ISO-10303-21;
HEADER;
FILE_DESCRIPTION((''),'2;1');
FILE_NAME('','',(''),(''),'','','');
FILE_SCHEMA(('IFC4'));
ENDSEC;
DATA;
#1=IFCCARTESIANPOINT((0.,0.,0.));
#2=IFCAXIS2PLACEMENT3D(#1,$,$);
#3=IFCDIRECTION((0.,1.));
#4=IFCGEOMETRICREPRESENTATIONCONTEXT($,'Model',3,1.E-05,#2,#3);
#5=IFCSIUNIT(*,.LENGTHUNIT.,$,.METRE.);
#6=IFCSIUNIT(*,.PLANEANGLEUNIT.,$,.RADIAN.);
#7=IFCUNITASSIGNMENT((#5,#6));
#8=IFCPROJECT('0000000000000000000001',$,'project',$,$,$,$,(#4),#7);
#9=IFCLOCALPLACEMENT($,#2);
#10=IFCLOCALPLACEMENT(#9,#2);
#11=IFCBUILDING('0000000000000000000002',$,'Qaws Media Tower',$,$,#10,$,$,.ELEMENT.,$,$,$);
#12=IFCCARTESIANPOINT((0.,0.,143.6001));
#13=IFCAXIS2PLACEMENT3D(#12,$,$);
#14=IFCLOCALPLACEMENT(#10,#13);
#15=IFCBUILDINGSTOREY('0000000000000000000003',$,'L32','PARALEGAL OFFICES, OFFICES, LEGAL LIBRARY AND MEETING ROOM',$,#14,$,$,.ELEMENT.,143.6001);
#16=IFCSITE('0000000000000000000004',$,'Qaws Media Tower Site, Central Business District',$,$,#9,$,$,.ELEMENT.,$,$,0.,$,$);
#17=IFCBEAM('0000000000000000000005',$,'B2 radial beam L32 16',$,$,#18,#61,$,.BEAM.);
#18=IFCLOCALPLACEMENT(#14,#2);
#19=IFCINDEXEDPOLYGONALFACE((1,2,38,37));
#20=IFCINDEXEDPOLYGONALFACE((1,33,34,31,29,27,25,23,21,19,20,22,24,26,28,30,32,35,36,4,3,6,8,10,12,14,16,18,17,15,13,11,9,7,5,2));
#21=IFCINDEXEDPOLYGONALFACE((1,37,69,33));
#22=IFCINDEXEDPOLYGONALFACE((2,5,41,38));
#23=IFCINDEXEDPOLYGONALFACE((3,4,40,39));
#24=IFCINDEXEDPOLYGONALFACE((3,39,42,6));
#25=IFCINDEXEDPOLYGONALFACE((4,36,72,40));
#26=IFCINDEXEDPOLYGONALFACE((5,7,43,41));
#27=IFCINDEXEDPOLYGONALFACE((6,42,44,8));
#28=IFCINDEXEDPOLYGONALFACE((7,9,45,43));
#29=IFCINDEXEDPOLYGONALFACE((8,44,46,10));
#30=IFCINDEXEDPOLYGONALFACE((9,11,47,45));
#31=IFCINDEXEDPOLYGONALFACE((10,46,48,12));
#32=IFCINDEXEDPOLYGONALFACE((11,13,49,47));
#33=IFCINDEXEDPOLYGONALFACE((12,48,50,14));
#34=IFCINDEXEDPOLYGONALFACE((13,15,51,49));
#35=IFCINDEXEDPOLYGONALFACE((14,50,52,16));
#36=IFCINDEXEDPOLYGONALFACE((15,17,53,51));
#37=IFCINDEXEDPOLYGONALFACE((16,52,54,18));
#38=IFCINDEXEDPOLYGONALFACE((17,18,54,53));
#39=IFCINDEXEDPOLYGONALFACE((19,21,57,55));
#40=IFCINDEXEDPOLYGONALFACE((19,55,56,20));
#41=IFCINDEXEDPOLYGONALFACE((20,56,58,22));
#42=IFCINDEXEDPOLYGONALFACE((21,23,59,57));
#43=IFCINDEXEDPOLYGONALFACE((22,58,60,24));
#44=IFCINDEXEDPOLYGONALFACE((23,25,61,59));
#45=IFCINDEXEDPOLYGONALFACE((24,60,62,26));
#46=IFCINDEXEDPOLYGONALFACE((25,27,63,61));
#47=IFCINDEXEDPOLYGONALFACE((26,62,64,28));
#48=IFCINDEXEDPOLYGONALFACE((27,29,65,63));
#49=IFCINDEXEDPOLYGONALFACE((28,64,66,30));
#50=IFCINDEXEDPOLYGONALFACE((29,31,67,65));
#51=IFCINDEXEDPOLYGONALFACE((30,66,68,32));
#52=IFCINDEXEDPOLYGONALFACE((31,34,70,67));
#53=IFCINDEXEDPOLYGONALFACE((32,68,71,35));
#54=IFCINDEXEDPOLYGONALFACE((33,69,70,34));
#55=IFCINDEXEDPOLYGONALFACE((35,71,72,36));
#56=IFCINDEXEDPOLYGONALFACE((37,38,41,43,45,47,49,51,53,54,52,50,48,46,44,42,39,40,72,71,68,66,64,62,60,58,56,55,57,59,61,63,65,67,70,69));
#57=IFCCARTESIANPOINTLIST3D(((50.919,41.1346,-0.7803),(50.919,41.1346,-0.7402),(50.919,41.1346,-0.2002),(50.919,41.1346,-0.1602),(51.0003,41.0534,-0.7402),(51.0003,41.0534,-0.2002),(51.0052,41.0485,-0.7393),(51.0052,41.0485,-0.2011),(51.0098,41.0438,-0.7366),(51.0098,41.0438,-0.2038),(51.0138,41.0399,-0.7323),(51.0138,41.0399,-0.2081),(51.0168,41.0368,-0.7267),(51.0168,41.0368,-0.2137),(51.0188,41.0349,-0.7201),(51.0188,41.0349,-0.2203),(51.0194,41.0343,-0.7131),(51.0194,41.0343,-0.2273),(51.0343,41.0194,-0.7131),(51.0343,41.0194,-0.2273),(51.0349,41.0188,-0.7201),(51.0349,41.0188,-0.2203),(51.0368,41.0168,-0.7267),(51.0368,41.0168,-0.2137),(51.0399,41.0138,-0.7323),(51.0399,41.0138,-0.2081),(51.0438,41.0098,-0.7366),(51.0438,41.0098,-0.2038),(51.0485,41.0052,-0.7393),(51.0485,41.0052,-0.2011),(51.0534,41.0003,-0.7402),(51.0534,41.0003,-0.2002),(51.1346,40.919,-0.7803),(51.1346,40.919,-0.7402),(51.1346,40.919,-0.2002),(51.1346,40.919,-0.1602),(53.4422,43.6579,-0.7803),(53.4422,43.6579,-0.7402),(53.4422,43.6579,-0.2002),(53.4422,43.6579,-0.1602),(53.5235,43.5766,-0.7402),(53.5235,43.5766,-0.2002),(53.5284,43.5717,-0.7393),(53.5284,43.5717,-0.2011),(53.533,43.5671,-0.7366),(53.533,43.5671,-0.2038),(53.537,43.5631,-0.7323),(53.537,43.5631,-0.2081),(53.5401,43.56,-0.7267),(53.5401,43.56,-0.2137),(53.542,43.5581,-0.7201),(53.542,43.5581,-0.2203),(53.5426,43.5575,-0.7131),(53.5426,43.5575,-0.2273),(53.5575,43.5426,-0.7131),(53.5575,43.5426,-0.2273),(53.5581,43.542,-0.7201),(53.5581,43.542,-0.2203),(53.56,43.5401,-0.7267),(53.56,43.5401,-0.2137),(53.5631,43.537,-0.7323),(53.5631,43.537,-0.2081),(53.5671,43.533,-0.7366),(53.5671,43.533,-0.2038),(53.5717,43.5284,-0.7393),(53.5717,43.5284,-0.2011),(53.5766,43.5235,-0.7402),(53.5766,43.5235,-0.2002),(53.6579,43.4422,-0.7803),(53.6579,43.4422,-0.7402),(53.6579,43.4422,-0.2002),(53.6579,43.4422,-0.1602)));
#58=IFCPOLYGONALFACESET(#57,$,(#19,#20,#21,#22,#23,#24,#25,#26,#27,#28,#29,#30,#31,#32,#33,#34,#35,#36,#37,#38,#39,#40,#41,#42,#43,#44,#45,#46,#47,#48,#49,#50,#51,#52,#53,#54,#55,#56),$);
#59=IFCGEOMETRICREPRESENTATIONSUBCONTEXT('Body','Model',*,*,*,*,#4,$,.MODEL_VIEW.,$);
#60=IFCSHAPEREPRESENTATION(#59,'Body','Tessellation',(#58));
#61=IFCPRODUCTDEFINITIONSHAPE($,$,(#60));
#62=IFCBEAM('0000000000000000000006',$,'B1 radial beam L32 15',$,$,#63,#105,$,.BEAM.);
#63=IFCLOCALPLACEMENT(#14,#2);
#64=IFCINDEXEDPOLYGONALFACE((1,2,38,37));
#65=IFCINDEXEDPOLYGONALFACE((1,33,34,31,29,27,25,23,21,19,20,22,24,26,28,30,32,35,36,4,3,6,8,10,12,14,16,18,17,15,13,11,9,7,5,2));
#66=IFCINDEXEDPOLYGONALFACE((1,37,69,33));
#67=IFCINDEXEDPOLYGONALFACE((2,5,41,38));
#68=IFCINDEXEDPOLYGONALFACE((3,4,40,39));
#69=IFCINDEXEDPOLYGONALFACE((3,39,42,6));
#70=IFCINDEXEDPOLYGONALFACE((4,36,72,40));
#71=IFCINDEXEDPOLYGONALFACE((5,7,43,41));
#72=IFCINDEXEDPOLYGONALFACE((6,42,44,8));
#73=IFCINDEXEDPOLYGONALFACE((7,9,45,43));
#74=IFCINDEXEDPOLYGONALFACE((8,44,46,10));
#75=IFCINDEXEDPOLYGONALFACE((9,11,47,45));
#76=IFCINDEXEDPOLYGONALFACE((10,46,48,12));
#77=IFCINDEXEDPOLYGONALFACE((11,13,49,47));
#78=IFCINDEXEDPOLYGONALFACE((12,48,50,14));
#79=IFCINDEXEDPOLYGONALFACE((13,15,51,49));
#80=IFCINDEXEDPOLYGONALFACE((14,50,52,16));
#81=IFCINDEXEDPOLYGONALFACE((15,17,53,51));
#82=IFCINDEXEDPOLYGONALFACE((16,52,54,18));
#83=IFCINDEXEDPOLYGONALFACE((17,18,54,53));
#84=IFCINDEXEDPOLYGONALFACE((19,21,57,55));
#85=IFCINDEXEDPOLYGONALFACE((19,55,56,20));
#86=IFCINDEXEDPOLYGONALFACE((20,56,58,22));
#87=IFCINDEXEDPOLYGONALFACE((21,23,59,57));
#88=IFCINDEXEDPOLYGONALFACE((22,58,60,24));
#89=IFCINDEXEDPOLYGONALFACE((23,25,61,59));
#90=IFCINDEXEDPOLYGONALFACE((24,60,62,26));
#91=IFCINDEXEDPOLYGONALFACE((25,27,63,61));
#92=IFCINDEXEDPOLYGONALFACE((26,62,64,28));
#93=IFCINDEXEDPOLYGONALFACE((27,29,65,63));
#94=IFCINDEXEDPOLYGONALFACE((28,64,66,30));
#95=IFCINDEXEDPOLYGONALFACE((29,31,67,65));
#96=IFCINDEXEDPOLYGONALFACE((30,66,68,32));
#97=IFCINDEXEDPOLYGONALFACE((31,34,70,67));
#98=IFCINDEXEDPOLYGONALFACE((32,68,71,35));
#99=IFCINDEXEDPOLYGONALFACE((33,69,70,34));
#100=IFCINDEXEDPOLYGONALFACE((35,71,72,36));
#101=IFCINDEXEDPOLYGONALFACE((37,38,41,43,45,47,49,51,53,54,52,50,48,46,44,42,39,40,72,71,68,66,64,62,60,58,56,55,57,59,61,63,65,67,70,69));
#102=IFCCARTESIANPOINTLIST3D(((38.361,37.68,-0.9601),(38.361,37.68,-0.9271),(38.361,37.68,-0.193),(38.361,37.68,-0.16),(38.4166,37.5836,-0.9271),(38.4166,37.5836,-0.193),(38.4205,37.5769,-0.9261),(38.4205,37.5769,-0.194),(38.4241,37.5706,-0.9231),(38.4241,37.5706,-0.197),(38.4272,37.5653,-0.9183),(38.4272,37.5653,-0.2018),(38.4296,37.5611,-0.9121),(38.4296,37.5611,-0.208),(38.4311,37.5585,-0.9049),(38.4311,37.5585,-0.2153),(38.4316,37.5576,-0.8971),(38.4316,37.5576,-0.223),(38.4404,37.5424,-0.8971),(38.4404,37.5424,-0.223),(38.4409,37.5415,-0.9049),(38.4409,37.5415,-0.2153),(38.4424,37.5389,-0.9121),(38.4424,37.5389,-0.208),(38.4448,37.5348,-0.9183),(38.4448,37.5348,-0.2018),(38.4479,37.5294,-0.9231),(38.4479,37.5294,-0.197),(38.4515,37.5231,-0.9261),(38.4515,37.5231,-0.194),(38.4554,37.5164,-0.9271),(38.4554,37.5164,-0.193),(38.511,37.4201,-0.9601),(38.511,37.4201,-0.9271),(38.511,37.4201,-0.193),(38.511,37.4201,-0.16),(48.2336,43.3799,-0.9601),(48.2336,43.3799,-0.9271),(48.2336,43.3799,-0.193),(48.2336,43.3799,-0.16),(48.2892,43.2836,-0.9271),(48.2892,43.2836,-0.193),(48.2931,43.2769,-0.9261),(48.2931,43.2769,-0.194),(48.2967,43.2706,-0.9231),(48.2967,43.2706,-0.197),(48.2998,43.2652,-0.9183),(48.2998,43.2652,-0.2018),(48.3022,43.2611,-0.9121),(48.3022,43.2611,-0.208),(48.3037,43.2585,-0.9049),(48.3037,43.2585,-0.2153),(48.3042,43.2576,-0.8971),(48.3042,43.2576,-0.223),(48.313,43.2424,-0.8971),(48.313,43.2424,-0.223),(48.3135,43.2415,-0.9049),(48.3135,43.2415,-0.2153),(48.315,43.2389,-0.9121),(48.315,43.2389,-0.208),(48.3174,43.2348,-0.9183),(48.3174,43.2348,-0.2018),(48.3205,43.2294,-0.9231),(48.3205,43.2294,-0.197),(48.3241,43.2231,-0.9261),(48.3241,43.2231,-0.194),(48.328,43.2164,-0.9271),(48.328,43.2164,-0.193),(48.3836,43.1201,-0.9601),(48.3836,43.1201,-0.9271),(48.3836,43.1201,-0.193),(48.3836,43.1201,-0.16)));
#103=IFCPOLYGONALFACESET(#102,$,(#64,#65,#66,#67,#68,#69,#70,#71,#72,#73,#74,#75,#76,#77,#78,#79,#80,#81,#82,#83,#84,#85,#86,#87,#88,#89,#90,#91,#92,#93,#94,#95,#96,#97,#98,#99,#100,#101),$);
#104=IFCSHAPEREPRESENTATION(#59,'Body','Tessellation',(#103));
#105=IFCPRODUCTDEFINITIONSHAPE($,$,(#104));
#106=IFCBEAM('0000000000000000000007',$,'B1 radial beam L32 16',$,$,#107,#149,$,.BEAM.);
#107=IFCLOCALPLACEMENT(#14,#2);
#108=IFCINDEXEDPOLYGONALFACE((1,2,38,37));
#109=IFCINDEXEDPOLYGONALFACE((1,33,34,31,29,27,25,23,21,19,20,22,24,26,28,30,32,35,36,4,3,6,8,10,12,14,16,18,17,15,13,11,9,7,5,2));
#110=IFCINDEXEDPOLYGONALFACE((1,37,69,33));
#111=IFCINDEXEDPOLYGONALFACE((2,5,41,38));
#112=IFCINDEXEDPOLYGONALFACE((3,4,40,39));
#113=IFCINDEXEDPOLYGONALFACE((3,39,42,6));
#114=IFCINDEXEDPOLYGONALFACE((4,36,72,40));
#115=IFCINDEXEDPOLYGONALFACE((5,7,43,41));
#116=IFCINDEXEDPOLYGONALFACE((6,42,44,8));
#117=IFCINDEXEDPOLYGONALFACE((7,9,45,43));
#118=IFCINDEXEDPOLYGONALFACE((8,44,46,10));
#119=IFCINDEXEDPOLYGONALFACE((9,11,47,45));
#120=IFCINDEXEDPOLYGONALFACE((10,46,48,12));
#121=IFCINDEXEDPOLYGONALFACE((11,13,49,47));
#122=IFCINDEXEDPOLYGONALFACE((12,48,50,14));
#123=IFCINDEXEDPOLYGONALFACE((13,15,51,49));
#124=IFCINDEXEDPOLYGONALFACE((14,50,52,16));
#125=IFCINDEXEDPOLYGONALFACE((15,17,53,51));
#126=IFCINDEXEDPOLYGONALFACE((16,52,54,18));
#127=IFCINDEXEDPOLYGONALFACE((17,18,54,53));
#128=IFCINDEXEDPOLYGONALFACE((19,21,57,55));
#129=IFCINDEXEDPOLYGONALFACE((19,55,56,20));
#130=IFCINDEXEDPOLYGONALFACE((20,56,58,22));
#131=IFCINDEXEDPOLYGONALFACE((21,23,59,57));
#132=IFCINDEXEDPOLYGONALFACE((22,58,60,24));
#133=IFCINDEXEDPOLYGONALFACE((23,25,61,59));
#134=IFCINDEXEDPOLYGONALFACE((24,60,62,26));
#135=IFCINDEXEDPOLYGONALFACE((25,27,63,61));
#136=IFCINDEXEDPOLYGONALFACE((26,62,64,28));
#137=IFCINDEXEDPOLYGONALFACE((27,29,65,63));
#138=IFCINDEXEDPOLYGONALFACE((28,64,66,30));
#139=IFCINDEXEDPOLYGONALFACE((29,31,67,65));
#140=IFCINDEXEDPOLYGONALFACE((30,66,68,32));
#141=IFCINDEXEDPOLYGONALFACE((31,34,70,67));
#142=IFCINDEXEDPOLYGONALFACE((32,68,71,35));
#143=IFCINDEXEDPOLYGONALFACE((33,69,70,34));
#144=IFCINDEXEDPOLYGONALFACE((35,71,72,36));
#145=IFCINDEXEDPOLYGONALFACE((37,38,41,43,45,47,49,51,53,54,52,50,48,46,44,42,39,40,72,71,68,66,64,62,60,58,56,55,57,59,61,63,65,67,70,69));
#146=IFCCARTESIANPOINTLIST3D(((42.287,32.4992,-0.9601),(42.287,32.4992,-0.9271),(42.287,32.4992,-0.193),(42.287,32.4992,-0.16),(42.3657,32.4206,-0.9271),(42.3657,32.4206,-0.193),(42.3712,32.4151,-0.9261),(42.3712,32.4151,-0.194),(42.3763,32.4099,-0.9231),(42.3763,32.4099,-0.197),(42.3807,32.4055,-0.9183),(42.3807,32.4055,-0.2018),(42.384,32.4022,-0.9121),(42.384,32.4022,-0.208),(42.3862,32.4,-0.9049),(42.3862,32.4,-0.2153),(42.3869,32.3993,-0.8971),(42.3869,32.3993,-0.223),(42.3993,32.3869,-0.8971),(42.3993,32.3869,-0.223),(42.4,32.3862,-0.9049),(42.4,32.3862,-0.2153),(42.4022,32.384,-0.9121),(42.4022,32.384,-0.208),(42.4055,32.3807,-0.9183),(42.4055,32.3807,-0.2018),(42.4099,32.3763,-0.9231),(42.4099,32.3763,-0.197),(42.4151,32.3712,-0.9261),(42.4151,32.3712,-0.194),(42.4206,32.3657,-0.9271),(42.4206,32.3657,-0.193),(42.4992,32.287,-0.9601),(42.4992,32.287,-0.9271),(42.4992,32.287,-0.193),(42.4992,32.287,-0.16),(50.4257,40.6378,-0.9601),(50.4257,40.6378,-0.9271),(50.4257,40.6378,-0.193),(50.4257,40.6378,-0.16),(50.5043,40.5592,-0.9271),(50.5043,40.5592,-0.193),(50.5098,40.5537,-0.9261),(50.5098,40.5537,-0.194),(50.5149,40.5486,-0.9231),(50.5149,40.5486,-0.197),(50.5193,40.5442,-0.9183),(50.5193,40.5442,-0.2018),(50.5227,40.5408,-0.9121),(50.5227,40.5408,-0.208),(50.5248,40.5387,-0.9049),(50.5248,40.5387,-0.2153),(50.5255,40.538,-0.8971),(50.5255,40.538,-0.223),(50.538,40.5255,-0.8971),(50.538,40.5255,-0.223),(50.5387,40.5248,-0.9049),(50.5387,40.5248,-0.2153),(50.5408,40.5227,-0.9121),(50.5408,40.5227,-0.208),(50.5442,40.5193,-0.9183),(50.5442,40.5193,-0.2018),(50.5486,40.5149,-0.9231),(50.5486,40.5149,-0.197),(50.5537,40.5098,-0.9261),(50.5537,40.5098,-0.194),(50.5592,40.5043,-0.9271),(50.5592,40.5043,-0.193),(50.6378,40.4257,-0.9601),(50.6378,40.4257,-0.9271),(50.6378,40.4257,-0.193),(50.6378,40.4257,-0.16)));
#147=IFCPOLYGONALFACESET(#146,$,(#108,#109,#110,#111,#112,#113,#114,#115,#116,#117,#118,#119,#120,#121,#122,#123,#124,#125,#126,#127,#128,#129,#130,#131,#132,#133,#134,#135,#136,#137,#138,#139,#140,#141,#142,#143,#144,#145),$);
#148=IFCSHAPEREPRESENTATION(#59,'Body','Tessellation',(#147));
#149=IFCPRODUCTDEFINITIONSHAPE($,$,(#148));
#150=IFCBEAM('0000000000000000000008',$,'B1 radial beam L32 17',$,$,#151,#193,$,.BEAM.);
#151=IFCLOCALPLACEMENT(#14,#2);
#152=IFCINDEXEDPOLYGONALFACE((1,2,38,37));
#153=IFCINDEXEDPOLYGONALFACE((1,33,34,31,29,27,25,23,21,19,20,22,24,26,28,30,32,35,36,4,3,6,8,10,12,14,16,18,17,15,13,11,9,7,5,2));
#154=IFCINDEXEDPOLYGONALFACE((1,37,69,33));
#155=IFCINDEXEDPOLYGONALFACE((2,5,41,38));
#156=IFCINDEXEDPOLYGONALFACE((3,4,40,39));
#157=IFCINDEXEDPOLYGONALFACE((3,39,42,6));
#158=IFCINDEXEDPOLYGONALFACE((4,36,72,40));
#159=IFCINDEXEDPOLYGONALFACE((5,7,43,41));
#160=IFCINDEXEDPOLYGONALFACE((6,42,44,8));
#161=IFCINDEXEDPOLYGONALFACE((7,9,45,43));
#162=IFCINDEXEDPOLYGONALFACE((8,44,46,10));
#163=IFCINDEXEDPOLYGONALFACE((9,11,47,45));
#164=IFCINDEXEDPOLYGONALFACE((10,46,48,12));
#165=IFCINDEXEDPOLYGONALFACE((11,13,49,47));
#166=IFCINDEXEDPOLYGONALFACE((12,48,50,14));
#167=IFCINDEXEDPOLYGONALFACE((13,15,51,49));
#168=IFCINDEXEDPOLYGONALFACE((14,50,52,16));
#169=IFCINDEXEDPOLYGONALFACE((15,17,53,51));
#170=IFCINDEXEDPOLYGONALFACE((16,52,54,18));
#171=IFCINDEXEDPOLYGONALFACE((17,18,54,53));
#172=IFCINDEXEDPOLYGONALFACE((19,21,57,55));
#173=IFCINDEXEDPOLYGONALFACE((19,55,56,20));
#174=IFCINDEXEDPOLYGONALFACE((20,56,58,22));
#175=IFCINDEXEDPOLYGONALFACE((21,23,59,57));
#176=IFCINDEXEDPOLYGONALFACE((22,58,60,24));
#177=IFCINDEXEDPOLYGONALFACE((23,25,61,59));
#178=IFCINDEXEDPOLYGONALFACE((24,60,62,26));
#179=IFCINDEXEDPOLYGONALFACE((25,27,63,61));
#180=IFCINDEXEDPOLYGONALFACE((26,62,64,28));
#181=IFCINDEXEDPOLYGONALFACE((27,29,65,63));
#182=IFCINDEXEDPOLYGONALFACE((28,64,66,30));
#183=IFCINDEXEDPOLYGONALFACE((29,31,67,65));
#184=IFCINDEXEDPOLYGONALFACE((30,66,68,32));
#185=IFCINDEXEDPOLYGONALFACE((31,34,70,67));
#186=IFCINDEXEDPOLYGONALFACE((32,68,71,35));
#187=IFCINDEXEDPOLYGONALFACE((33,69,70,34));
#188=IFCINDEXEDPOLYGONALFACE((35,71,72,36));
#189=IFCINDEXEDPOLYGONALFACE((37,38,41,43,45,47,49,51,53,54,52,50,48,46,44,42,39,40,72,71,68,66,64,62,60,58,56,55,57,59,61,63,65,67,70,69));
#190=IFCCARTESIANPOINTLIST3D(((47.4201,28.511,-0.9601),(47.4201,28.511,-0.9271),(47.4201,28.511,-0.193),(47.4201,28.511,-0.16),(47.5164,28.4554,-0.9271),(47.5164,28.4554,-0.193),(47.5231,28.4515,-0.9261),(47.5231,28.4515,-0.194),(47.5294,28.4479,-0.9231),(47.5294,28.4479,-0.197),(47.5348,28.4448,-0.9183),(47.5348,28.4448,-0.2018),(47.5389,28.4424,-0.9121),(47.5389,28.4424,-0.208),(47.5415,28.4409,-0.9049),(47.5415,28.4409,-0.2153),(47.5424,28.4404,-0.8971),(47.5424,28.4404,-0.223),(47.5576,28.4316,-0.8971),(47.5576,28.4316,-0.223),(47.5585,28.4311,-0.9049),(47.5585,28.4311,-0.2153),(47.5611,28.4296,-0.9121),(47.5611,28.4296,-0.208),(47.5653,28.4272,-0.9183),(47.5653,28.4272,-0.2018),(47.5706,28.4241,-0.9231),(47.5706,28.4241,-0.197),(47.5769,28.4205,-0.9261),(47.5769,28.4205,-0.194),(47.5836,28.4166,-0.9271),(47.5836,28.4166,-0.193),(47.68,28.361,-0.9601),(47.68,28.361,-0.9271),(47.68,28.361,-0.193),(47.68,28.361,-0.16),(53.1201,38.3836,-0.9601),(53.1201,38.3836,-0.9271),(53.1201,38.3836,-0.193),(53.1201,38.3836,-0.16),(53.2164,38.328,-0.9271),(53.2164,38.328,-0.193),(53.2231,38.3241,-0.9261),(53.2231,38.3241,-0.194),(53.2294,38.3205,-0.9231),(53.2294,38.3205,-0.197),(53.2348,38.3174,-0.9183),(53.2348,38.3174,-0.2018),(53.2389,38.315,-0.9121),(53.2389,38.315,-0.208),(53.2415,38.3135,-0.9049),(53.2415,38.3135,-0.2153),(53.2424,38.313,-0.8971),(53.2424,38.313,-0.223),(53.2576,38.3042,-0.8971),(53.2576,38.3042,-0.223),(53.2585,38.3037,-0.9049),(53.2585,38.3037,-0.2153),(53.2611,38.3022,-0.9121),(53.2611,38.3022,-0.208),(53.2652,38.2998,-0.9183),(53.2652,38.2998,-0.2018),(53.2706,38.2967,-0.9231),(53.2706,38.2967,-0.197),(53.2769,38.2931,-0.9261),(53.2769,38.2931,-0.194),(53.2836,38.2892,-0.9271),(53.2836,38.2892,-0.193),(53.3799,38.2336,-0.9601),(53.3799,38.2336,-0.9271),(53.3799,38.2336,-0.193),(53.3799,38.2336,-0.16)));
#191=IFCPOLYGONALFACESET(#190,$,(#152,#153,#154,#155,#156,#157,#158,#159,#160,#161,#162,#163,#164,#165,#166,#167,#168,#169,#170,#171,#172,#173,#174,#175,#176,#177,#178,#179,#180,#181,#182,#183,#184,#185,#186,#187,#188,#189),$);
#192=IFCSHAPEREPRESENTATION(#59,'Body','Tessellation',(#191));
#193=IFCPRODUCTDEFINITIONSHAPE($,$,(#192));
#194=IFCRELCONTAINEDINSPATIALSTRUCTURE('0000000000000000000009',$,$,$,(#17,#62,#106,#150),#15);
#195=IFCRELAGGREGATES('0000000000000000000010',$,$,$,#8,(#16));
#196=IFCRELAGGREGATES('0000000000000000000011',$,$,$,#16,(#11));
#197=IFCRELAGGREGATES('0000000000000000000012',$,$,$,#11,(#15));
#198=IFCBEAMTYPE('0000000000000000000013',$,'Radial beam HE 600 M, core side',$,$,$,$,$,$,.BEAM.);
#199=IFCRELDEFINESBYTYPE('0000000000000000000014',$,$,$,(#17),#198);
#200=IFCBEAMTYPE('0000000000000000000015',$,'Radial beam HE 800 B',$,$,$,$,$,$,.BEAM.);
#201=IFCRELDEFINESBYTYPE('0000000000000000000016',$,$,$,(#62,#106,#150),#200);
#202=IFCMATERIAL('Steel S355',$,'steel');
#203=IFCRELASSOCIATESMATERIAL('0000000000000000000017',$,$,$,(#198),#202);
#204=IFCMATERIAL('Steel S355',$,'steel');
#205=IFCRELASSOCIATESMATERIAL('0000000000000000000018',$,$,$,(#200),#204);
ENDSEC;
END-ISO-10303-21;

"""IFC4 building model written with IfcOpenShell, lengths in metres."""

from ifc_helpers import new_model, si_unit, direction, frame, origin, origin_2d, place, context, subcontext, project, spatial, i_section, extrude, material, material_profile, profile_set, type_object, element, save


model = new_model("IFC4")

# Units and contexts
model_context = context("Model", 3, precision=1e-05, world=origin(), true_north=direction((0.0, 1.0)))
body_context = subcontext(model_context, "Body", "Model", "MODEL_VIEW")
ifc_project = project(units=[si_unit("LENGTHUNIT", "METRE"), si_unit("PLANEANGLEUNIT", "RADIAN")], contexts=[model_context])

# Site, building, storey
site_placement = place(None, origin())
site = spatial("IfcSite", under=ifc_project, at=site_placement, Name="Qaws Media Tower Site, Central Business District", CompositionType="ELEMENT", RefElevation=0.0)
building_placement = place(site_placement, origin())
building = spatial("IfcBuilding", under=site, at=building_placement, Name="Qaws Media Tower", CompositionType="ELEMENT")
storey_placement = place(building_placement, frame((0.0, 0.0, 143.6001)))
storey = spatial("IfcBuildingStorey", under=building, at=storey_placement, Name="L32", Description="PARALEGAL OFFICES, OFFICES, LEGAL LIBRARY AND MEETING ROOM", CompositionType="ELEMENT", Elevation=143.6001)

# Beams
ifc_material_1 = material(Name="Steel S355", Category="steel")
ifc_material_profile_1 = material_profile(ifc_material_1, i_section(OverallWidth=0.3049, OverallDepth=0.6201, WebThickness=0.021, FlangeThickness=0.04, FilletRadius=0.0271, at=origin_2d()), Name="HE 600 M")
ifc_profile_set_1 = profile_set([ifc_material_profile_1], Name="Steel S355")
beam_type_1 = type_object("IfcBeamType", Name="Radial beam HE 600 M, core side", PredefinedType="BEAM", material=ifc_profile_set_1)
beam_1_placement = place(storey_placement, frame((53.55, 43.55, -0.4702), z_axis=(-0.707107, -0.707107, 0.0), x_axis=(0.707107, -0.707107, 0.0)))
element("IfcBeam", 1, at=beam_1_placement, inside=storey, type_object=beam_type_1, Name="B2 radial beam L32 16", PredefinedType="BEAM", context=body_context, shape_type="SweptSolid", body=[
    extrude(i_section(OverallWidth=0.3049, OverallDepth=0.6201, WebThickness=0.021, FlangeThickness=0.04, FilletRadius=0.0271, at=origin_2d()), origin(), (0.0, 0.0, 1.0), 3.5684),
])
ifc_material_2 = material(Name="Steel S355", Category="steel")
ifc_material_profile_2 = material_profile(ifc_material_2, i_section(OverallWidth=0.3, OverallDepth=0.8, WebThickness=0.0176, FlangeThickness=0.033, FilletRadius=0.03, at=origin_2d()), Name="HE 800 B")
ifc_profile_set_2 = profile_set([ifc_material_profile_2], Name="Steel S355")
beam_type_2 = type_object("IfcBeamType", Name="Radial beam HE 800 B", PredefinedType="BEAM", material=ifc_profile_set_2)
beam_2_placement = place(storey_placement, frame((48.3086, 43.25, -0.5601), z_axis=(-0.866024, -0.500002, 0.0), x_axis=(0.500002, -0.866024, 0.0)))
element("IfcBeam", 2, at=beam_2_placement, inside=storey, type_object=beam_type_2, Name="B1 radial beam L32 15", PredefinedType="BEAM", context=body_context, shape_type="SweptSolid", body=[
    extrude(i_section(OverallWidth=0.3, OverallDepth=0.8, WebThickness=0.0176, FlangeThickness=0.033, FilletRadius=0.03, at=origin_2d()), origin(), (0.0, 0.0, 1.0), 11.3999),
])
beam_3_placement = place(storey_placement, frame((50.5317, 40.5317, -0.5601), z_axis=(-0.707107, -0.707107, 0.0), x_axis=(0.707107, -0.707107, 0.0)))
element("IfcBeam", 3, at=beam_3_placement, inside=storey, type_object=beam_type_2, Name="B1 radial beam L32 16", PredefinedType="BEAM", context=body_context, shape_type="SweptSolid", body=[
    extrude(i_section(OverallWidth=0.3, OverallDepth=0.8, WebThickness=0.0176, FlangeThickness=0.033, FilletRadius=0.03, at=origin_2d()), origin(), (0.0, 0.0, 1.0), 11.5098),
])
beam_4_placement = place(storey_placement, frame((53.25, 38.3086, -0.5601), z_axis=(-0.500002, -0.866024, 0.0), x_axis=(0.866024, -0.500002, 0.0)))
element("IfcBeam", 4, at=beam_4_placement, inside=storey, type_object=beam_type_2, Name="B1 radial beam L32 17", PredefinedType="BEAM", context=body_context, shape_type="SweptSolid", body=[
    extrude(i_section(OverallWidth=0.3, OverallDepth=0.8, WebThickness=0.0176, FlangeThickness=0.033, FilletRadius=0.03, at=origin_2d()), origin(), (0.0, 0.0, 1.0), 11.3999),
])

save(model, "model.ifc")
